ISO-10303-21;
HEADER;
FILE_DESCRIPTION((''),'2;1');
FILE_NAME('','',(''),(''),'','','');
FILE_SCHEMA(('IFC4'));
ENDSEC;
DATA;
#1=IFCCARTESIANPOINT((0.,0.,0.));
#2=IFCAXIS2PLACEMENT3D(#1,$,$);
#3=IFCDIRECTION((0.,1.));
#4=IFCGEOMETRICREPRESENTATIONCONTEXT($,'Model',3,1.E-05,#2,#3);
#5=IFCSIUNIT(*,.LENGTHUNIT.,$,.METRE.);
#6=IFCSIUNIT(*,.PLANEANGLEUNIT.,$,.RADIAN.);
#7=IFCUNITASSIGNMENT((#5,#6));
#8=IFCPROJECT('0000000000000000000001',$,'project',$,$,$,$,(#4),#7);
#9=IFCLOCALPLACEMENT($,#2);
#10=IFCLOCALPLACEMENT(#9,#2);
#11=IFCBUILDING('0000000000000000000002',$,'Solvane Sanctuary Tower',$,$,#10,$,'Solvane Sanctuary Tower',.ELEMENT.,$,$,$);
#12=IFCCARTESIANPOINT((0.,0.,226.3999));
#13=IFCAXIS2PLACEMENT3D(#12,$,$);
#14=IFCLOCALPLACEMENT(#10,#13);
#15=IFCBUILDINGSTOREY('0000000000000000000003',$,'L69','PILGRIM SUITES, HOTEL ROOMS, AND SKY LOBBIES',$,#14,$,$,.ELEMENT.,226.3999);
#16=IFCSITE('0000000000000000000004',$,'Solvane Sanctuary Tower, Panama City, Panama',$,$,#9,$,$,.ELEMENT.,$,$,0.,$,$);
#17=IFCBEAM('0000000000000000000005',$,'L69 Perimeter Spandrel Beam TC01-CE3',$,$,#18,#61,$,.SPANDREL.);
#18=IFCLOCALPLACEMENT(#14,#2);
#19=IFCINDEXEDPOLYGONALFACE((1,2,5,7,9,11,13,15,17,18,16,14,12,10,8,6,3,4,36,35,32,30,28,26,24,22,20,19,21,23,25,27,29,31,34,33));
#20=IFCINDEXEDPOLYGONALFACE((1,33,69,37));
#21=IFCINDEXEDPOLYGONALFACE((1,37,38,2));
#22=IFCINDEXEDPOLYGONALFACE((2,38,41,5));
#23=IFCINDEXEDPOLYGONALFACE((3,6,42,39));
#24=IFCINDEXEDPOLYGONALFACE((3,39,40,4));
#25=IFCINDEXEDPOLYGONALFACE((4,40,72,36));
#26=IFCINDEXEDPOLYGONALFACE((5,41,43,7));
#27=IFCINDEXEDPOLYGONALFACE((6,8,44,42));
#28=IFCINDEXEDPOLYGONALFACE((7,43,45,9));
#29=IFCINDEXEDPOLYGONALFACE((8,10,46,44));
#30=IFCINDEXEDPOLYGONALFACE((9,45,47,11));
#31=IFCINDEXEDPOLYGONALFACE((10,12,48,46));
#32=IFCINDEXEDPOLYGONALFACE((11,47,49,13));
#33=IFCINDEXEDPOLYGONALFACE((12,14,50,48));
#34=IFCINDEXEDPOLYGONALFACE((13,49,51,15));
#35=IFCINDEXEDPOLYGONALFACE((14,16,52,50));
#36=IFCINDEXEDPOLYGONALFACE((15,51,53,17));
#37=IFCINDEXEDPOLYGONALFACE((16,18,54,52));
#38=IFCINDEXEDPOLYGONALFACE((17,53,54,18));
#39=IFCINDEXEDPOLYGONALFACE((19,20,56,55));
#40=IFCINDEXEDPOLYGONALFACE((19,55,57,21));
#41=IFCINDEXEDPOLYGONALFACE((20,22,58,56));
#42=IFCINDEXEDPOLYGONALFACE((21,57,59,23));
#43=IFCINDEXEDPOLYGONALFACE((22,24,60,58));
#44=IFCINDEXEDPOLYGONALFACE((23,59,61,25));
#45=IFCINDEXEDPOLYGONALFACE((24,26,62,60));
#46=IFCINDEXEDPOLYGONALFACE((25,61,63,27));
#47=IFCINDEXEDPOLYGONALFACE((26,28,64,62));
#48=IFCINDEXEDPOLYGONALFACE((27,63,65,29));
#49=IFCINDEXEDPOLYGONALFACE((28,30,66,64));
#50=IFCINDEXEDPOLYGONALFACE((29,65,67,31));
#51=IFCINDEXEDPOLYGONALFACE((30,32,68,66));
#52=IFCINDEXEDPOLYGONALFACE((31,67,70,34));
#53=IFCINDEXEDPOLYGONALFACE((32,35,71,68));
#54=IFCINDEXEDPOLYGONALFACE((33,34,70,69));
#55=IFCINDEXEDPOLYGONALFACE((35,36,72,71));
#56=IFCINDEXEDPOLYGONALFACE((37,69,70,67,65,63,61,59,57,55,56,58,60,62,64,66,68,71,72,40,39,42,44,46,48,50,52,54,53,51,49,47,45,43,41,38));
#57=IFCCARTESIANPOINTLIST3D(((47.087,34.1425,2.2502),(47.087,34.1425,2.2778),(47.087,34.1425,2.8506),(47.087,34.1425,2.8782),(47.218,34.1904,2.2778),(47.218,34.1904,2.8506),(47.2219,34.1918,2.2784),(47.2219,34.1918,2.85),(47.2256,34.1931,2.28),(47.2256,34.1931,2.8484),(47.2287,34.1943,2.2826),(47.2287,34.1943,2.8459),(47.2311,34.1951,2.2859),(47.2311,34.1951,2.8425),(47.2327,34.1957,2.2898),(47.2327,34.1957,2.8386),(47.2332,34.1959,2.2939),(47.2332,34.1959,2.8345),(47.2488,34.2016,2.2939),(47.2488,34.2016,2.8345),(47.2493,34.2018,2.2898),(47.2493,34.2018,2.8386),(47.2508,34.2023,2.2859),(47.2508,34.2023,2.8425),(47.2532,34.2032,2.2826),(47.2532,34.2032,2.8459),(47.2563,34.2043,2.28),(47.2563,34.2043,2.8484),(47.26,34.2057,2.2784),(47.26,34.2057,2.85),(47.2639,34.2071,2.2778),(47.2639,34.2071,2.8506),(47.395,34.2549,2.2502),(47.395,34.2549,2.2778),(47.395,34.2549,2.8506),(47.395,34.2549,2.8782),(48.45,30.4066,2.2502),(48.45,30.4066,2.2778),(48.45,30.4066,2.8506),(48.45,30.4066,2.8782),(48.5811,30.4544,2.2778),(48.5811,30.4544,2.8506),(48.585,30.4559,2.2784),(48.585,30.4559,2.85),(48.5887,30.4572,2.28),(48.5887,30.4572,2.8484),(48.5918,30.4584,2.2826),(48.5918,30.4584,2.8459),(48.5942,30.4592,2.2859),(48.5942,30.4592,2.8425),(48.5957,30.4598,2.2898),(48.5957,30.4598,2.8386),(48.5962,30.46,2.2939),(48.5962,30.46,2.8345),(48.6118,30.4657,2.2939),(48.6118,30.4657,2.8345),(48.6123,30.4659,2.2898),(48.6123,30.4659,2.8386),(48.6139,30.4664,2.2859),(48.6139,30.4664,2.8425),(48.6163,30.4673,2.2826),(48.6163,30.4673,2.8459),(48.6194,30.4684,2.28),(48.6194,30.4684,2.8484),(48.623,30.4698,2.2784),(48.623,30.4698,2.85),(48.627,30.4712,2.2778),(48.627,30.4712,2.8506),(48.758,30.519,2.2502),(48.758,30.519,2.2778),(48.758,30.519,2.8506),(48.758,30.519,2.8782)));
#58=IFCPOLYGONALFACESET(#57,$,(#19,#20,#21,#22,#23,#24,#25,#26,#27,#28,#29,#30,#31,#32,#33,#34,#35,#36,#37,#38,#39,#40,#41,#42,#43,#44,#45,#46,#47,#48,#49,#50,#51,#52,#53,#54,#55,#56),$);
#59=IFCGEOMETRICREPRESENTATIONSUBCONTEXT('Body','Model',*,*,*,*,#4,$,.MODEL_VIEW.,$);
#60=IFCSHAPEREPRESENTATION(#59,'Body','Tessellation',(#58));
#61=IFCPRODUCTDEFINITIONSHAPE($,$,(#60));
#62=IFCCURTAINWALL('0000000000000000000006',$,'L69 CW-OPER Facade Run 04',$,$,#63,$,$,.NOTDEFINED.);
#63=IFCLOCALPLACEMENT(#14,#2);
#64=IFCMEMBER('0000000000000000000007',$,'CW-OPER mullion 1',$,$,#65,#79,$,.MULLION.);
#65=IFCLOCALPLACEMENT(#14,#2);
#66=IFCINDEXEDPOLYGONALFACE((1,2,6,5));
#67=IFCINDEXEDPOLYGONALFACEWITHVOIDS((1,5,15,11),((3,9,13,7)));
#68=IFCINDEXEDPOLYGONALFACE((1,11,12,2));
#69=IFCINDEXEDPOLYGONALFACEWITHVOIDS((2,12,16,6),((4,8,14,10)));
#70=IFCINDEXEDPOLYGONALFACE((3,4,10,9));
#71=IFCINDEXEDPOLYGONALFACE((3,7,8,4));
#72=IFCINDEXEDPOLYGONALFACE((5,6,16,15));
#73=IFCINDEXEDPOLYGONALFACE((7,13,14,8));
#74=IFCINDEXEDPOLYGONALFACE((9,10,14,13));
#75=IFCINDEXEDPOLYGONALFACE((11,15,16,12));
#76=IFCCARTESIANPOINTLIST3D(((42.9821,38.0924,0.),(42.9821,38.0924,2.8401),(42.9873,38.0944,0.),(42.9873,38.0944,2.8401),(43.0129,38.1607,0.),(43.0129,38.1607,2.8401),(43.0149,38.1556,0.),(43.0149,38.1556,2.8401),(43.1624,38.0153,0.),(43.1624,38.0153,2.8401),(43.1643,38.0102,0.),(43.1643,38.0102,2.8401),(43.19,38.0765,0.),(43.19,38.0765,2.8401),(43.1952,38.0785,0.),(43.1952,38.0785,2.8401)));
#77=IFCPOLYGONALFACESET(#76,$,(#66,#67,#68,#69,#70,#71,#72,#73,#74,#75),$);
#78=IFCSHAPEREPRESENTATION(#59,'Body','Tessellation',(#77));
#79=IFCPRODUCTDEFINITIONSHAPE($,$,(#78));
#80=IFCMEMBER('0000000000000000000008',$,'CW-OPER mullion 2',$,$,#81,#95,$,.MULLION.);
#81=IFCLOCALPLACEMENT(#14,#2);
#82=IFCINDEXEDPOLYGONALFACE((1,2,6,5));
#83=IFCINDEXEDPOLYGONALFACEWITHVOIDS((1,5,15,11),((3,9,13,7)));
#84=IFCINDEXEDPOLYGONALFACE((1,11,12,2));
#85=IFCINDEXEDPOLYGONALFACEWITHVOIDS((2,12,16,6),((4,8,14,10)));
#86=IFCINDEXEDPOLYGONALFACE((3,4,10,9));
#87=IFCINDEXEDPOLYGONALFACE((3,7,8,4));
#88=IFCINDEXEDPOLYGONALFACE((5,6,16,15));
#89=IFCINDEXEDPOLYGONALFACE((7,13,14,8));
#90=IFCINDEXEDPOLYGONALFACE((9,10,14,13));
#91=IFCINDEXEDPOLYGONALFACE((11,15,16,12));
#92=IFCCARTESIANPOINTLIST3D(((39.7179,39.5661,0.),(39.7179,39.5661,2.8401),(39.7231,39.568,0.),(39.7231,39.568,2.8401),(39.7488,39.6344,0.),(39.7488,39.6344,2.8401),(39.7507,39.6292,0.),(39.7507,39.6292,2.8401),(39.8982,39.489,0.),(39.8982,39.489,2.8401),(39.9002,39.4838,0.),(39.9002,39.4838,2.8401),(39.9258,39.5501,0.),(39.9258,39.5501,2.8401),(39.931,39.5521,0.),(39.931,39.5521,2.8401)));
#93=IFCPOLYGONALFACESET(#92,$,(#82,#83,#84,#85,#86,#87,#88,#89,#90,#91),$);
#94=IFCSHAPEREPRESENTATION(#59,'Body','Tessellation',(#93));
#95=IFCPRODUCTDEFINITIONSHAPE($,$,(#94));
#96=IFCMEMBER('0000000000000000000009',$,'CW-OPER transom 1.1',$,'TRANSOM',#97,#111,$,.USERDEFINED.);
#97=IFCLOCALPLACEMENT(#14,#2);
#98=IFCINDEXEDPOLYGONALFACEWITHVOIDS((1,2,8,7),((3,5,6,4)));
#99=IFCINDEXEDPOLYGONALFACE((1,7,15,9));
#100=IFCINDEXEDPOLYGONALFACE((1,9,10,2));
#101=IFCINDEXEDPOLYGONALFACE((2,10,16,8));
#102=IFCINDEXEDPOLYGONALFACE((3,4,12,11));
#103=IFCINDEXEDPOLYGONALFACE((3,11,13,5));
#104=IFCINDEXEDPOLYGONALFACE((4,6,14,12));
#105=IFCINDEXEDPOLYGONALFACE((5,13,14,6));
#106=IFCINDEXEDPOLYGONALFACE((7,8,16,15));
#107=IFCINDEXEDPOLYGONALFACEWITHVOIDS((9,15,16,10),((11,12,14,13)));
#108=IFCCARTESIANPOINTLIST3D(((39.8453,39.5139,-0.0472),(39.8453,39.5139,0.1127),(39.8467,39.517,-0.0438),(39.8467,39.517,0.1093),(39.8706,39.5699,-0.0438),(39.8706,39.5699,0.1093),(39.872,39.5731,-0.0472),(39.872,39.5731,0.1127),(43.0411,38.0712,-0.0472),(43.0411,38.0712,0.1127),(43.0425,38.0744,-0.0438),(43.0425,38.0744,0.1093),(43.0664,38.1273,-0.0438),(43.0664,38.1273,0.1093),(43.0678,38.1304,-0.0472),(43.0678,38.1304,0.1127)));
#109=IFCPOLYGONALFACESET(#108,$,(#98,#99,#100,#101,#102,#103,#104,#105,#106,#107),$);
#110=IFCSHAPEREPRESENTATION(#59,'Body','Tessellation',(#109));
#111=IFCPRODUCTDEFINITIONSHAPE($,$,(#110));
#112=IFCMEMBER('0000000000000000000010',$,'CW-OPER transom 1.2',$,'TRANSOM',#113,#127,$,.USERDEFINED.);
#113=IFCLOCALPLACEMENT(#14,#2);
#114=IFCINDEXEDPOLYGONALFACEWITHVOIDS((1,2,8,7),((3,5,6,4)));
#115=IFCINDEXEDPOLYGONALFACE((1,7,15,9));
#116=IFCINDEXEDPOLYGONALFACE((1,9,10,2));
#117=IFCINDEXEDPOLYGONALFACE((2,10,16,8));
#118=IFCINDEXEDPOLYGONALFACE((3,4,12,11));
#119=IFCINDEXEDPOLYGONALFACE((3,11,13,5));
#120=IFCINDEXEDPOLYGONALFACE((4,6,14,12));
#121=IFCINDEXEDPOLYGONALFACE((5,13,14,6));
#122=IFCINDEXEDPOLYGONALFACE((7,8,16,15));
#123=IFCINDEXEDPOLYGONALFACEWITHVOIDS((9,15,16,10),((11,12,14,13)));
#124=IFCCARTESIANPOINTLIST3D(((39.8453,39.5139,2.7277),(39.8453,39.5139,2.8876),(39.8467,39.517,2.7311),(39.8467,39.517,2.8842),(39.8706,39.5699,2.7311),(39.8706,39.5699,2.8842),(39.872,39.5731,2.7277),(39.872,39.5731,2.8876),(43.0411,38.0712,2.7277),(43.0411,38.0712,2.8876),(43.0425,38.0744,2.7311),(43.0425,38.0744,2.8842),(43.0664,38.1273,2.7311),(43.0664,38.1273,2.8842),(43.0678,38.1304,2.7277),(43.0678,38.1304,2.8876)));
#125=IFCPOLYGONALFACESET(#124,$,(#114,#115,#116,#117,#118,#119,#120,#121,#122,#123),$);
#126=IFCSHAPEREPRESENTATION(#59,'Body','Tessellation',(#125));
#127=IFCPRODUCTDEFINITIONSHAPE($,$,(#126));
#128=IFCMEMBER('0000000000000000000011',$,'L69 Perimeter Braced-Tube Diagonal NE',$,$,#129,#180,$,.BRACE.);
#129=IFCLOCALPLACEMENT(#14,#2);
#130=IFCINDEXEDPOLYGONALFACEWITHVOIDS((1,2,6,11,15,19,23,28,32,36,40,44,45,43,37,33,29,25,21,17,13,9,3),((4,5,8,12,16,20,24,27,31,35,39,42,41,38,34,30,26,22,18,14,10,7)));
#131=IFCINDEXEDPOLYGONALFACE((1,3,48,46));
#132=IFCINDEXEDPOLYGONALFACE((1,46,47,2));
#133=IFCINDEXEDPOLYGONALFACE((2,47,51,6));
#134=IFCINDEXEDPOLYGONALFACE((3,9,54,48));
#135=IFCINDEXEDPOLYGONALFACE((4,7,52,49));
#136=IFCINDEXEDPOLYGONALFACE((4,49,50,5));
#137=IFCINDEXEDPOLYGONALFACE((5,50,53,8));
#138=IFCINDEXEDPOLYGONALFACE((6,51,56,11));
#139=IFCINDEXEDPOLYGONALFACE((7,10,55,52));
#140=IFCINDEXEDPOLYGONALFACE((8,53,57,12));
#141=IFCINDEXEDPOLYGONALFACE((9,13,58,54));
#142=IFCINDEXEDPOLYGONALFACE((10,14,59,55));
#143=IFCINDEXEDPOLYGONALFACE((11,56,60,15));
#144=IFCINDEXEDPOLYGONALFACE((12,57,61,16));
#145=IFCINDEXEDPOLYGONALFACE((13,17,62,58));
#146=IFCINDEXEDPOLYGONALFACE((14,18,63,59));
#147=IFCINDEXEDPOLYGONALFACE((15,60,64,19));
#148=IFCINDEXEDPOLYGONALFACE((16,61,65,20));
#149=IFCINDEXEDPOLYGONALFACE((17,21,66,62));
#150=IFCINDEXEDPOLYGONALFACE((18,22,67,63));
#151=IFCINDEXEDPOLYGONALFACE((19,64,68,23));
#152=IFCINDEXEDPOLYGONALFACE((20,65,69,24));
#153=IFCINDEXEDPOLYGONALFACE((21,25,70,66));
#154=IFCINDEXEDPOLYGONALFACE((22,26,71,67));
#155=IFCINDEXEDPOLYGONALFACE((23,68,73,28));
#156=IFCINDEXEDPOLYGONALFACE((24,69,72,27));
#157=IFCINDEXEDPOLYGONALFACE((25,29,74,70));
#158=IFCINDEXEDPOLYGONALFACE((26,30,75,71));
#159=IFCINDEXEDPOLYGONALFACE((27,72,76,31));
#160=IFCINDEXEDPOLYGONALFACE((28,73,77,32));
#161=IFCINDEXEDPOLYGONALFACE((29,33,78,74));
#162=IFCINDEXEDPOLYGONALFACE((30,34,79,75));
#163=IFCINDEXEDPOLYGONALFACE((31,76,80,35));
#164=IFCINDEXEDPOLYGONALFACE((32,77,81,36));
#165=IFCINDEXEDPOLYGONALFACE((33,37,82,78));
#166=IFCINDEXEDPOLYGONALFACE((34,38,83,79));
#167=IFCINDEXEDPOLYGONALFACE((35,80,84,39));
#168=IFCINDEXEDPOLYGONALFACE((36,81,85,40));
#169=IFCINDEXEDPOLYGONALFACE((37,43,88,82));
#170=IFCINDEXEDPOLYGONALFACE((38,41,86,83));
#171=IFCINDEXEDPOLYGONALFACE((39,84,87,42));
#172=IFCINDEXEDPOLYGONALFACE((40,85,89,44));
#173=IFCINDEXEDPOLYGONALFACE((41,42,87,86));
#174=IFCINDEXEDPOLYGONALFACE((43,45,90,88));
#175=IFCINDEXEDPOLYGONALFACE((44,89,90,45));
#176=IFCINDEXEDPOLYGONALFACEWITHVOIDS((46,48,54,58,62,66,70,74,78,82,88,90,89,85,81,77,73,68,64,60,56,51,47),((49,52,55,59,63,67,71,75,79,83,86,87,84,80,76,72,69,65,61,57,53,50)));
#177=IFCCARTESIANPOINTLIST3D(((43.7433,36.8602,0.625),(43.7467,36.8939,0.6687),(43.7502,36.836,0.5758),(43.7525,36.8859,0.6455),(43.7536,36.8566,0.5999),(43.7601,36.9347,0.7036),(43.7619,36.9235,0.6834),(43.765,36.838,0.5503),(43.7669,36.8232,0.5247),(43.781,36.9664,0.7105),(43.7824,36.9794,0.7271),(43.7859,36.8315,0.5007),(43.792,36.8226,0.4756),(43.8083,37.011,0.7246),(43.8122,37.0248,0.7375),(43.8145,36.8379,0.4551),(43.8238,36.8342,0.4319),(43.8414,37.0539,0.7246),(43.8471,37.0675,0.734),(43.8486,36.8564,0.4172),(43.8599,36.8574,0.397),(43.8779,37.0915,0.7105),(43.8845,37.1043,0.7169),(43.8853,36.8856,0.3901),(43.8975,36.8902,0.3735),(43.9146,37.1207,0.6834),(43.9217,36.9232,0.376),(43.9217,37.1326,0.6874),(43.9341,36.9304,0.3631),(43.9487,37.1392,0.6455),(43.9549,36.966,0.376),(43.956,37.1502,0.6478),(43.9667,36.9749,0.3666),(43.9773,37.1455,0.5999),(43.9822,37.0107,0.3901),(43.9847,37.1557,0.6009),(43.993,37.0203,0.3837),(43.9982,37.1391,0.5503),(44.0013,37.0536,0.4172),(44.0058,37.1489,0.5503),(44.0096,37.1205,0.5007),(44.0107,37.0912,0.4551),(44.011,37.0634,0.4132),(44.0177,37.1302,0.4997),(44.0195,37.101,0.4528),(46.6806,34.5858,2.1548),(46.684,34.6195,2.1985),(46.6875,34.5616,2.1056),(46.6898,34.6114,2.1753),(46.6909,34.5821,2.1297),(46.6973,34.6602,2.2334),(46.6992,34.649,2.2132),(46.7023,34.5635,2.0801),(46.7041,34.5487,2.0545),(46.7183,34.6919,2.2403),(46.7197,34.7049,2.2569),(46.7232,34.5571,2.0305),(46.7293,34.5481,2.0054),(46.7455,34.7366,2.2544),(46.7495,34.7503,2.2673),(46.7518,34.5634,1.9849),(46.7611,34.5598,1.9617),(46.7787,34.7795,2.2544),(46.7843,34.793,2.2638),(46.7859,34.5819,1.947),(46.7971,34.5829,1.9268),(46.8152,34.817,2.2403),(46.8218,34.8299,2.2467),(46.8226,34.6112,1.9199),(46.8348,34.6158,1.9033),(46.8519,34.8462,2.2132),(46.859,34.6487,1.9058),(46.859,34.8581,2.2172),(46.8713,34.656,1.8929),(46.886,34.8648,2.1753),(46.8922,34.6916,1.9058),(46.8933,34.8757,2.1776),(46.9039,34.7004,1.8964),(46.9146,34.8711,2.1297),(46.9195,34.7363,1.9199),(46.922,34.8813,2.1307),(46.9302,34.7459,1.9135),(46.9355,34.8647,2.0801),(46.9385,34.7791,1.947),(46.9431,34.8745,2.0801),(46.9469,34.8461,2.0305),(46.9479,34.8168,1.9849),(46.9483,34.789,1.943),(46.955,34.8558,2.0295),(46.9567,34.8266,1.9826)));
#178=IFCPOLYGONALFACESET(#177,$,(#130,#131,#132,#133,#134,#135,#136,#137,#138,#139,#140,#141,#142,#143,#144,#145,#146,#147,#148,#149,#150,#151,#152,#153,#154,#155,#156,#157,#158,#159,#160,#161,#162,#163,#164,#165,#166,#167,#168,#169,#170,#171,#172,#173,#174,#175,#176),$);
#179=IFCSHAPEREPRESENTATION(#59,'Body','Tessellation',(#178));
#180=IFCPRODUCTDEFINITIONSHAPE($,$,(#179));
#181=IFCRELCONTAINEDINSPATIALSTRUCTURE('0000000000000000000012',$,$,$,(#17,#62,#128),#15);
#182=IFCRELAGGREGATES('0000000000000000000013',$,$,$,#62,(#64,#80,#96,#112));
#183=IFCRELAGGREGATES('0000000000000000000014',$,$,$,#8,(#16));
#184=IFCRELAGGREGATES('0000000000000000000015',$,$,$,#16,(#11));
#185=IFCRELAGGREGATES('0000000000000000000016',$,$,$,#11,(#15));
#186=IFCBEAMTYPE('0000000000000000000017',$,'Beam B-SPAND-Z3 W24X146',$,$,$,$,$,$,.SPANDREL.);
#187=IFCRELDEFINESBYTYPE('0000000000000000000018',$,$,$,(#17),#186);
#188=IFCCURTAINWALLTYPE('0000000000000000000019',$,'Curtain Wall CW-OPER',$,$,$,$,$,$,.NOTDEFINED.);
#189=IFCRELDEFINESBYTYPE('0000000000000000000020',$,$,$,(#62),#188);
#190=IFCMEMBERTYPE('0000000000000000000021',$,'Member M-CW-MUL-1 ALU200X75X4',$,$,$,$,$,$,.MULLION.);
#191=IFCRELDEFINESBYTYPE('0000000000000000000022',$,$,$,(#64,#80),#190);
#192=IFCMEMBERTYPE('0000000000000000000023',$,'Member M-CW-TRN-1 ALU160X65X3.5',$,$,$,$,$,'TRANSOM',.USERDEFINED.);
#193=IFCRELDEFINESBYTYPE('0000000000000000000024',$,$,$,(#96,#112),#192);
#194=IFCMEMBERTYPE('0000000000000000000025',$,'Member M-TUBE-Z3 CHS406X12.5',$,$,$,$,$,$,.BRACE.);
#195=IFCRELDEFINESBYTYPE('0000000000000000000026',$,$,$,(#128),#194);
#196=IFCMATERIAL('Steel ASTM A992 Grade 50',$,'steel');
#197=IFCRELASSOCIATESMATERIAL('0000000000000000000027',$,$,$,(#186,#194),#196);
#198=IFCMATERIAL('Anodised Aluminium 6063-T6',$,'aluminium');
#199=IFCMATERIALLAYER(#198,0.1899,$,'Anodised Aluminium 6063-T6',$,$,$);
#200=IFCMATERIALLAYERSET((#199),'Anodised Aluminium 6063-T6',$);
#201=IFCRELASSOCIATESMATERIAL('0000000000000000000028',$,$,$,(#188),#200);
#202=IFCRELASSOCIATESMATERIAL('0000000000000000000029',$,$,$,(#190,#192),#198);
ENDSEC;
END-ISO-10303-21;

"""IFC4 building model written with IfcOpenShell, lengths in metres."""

from ifc_helpers import new_model, si_unit, direction, frame, origin, origin_2d, place, context, subcontext, project, spatial, hollow_rectangle, hollow_circle, i_section, extrude, material, layer, layer_set, material_profile, profile_set, type_object, element, aggregate, save


model = new_model("IFC4")

# Units and contexts
model_context = context("Model", 3, precision=1e-05, world=origin(), true_north=direction((0.0, 1.0)))
body_context = subcontext(model_context, "Body", "Model", "MODEL_VIEW")
ifc_project = project(units=[si_unit("LENGTHUNIT", "METRE"), si_unit("PLANEANGLEUNIT", "RADIAN")], contexts=[model_context])

# Site, building, storey
site_placement = place(None, origin())
site = spatial("IfcSite", under=ifc_project, at=site_placement, Name="Solvane Sanctuary Tower, Panama City, Panama", CompositionType="ELEMENT", RefElevation=0.0)
building_placement = place(site_placement, origin())
building = spatial("IfcBuilding", under=site, at=building_placement, Name="Solvane Sanctuary Tower", LongName="Solvane Sanctuary Tower", CompositionType="ELEMENT")
storey_placement = place(building_placement, frame((0.0, 0.0, 226.3999)))
storey = spatial("IfcBuildingStorey", under=building, at=storey_placement, Name="L69", Description="PILGRIM SUITES, HOTEL ROOMS, AND SKY LOBBIES", CompositionType="ELEMENT", Elevation=226.3999)

# Beam
ifc_material_1 = material(Name="Steel ASTM A992 Grade 50", Category="steel")
ifc_material_profile_1 = material_profile(ifc_material_1, i_section(OverallWidth=0.3279, OverallDepth=0.6279, WebThickness=0.0166, FlangeThickness=0.0276, FilletRadius=0.0161, at=origin_2d()), Name="W24X146")
ifc_profile_set_1 = profile_set([ifc_material_profile_1], Name="Steel ASTM A992 Grade 50")
beam_type_1 = type_object("IfcBeamType", Name="Beam B-SPAND-Z3 W24X146", PredefinedType="SPANDREL", material=ifc_profile_set_1)
beam_1_placement = place(storey_placement, frame((47.241, 34.1987, 2.5642), z_axis=(0.342753, -0.939425, 0.0), x_axis=(0.939425, 0.342753, 0.0)))
element("IfcBeam", 1, at=beam_1_placement, inside=storey, type_object=beam_type_1, Name="L69 Perimeter Spandrel Beam TC01-CE3", PredefinedType="SPANDREL", context=body_context, shape_type="SweptSolid", body=[
    extrude(i_section(OverallWidth=0.3279, OverallDepth=0.6279, WebThickness=0.0166, FlangeThickness=0.0276, FilletRadius=0.0161, at=origin_2d()), origin(), (0.0, 0.0, 1.0), 3.9768),
])

# Curtain wall, members
ifc_material_2 = material(Name="Anodised Aluminium 6063-T6", Category="aluminium")
ifc_layer_1 = layer(ifc_material_2, 0.1899, Name="Anodised Aluminium 6063-T6")
ifc_layer_set_1 = layer_set([ifc_layer_1], Name="Anodised Aluminium 6063-T6")
curtain_wall_type = type_object("IfcCurtainWallType", Name="Curtain Wall CW-OPER", PredefinedType="NOTDEFINED", material=ifc_layer_set_1)
curtain_wall_placement = place(storey_placement, origin())
curtain_wall = element("IfcCurtainWall", 2, at=curtain_wall_placement, inside=storey, type_object=curtain_wall_type, Name="L69 CW-OPER Facade Run 04", PredefinedType="NOTDEFINED")
ifc_material_profile_2 = material_profile(ifc_material_2, hollow_rectangle(XDim=0.075, YDim=0.2, WallThickness=0.0039, at=origin_2d()), Name="ALU200X75X4")
ifc_profile_set_2 = profile_set([ifc_material_profile_2], Name="Anodised Aluminium 6063-T6")
member_type_1 = type_object("IfcMemberType", Name="Member M-CW-MUL-1 ALU200X75X4", PredefinedType="MULLION", material=ifc_profile_set_2)
member_1_placement = place(storey_placement, frame((43.0886, 38.0854, 0.0), z_axis=(0.0, 0.0, 1.0), x_axis=(-0.411471, -0.911423, 0.0)))
member_1 = element("IfcMember", 3, at=member_1_placement, type_object=member_type_1, Name="CW-OPER mullion 1", PredefinedType="MULLION", context=body_context, shape_type="SweptSolid", body=[
    extrude(hollow_rectangle(XDim=0.075, YDim=0.2, WallThickness=0.0039, at=origin_2d()), origin(), (0.0, 0.0, 1.0), 2.8401),
])
member_2_placement = place(storey_placement, frame((39.8245, 39.5591, 0.0), z_axis=(0.0, 0.0, 1.0), x_axis=(-0.411471, -0.911423, 0.0)))
member_2 = element("IfcMember", 4, at=member_2_placement, type_object=member_type_1, Name="CW-OPER mullion 2", PredefinedType="MULLION", context=body_context, shape_type="SweptSolid", body=[
    extrude(hollow_rectangle(XDim=0.075, YDim=0.2, WallThickness=0.0039, at=origin_2d()), origin(), (0.0, 0.0, 1.0), 2.8401),
])
ifc_material_profile_3 = material_profile(ifc_material_2, hollow_rectangle(XDim=0.0649, YDim=0.1599, WallThickness=0.0034, at=origin_2d()), Name="ALU160X65X3.5")
ifc_profile_set_3 = profile_set([ifc_material_profile_3], Name="Anodised Aluminium 6063-T6")
member_type_2 = type_object("IfcMemberType", Name="Member M-CW-TRN-1 ALU160X65X3.5", ElementType="TRANSOM", PredefinedType="USERDEFINED", material=ifc_profile_set_3)
member_3_placement = place(storey_placement, frame((43.0544, 38.1008, 0.0327), z_axis=(-0.911439, 0.411436, 0.0), x_axis=(-0.411436, -0.911439, 0.0)))
member_3 = element("IfcMember", 5, at=member_3_placement, type_object=member_type_2, Name="CW-OPER transom 1.1", ObjectType="TRANSOM", PredefinedType="USERDEFINED", context=body_context, shape_type="SweptSolid", body=[
    extrude(hollow_rectangle(XDim=0.0649, YDim=0.1599, WallThickness=0.0034, at=origin_2d()), origin(), (0.0, 0.0, 1.0), 3.5063),
])
member_4_placement = place(storey_placement, frame((43.0544, 38.1008, 2.8076), z_axis=(-0.911439, 0.411436, 0.0), x_axis=(-0.411436, -0.911439, 0.0)))
member_4 = element("IfcMember", 6, at=member_4_placement, type_object=member_type_2, Name="CW-OPER transom 1.2", ObjectType="TRANSOM", PredefinedType="USERDEFINED", context=body_context, shape_type="SweptSolid", body=[
    extrude(hollow_rectangle(XDim=0.0649, YDim=0.1599, WallThickness=0.0034, at=origin_2d()), origin(), (0.0, 0.0, 1.0), 3.5063),
])

# Member
ifc_material_profile_4 = material_profile(ifc_material_1, hollow_circle(Radius=0.2029, WallThickness=0.0125, at=origin_2d()), Name="CHS406X12.5")
ifc_profile_set_4 = profile_set([ifc_material_profile_4], Name="Steel ASTM A992 Grade 50")
member_type_3 = type_object("IfcMemberType", Name="Member M-TUBE-Z3 CHS406X12.5", PredefinedType="BRACE", material=ifc_profile_set_4)
member_5_placement = place(storey_placement, frame((43.8816, 36.9885, 0.5503), z_axis=(0.731107, -0.56612, 0.380776), x_axis=(0.612242, 0.79067, 0.0)))
element("IfcMember", 7, at=member_5_placement, inside=storey, type_object=member_type_3, Name="L69 Perimeter Braced-Tube Diagonal NE", PredefinedType="BRACE", context=body_context, shape_type="SweptSolid", body=[
    extrude(hollow_circle(Radius=0.2029, WallThickness=0.0125, at=origin_2d()), origin(), (0.0, 0.0, 1.0), 4.0176),
])

aggregate(curtain_wall, [member_1, member_2, member_3, member_4])

save(model, "model.ifc")
